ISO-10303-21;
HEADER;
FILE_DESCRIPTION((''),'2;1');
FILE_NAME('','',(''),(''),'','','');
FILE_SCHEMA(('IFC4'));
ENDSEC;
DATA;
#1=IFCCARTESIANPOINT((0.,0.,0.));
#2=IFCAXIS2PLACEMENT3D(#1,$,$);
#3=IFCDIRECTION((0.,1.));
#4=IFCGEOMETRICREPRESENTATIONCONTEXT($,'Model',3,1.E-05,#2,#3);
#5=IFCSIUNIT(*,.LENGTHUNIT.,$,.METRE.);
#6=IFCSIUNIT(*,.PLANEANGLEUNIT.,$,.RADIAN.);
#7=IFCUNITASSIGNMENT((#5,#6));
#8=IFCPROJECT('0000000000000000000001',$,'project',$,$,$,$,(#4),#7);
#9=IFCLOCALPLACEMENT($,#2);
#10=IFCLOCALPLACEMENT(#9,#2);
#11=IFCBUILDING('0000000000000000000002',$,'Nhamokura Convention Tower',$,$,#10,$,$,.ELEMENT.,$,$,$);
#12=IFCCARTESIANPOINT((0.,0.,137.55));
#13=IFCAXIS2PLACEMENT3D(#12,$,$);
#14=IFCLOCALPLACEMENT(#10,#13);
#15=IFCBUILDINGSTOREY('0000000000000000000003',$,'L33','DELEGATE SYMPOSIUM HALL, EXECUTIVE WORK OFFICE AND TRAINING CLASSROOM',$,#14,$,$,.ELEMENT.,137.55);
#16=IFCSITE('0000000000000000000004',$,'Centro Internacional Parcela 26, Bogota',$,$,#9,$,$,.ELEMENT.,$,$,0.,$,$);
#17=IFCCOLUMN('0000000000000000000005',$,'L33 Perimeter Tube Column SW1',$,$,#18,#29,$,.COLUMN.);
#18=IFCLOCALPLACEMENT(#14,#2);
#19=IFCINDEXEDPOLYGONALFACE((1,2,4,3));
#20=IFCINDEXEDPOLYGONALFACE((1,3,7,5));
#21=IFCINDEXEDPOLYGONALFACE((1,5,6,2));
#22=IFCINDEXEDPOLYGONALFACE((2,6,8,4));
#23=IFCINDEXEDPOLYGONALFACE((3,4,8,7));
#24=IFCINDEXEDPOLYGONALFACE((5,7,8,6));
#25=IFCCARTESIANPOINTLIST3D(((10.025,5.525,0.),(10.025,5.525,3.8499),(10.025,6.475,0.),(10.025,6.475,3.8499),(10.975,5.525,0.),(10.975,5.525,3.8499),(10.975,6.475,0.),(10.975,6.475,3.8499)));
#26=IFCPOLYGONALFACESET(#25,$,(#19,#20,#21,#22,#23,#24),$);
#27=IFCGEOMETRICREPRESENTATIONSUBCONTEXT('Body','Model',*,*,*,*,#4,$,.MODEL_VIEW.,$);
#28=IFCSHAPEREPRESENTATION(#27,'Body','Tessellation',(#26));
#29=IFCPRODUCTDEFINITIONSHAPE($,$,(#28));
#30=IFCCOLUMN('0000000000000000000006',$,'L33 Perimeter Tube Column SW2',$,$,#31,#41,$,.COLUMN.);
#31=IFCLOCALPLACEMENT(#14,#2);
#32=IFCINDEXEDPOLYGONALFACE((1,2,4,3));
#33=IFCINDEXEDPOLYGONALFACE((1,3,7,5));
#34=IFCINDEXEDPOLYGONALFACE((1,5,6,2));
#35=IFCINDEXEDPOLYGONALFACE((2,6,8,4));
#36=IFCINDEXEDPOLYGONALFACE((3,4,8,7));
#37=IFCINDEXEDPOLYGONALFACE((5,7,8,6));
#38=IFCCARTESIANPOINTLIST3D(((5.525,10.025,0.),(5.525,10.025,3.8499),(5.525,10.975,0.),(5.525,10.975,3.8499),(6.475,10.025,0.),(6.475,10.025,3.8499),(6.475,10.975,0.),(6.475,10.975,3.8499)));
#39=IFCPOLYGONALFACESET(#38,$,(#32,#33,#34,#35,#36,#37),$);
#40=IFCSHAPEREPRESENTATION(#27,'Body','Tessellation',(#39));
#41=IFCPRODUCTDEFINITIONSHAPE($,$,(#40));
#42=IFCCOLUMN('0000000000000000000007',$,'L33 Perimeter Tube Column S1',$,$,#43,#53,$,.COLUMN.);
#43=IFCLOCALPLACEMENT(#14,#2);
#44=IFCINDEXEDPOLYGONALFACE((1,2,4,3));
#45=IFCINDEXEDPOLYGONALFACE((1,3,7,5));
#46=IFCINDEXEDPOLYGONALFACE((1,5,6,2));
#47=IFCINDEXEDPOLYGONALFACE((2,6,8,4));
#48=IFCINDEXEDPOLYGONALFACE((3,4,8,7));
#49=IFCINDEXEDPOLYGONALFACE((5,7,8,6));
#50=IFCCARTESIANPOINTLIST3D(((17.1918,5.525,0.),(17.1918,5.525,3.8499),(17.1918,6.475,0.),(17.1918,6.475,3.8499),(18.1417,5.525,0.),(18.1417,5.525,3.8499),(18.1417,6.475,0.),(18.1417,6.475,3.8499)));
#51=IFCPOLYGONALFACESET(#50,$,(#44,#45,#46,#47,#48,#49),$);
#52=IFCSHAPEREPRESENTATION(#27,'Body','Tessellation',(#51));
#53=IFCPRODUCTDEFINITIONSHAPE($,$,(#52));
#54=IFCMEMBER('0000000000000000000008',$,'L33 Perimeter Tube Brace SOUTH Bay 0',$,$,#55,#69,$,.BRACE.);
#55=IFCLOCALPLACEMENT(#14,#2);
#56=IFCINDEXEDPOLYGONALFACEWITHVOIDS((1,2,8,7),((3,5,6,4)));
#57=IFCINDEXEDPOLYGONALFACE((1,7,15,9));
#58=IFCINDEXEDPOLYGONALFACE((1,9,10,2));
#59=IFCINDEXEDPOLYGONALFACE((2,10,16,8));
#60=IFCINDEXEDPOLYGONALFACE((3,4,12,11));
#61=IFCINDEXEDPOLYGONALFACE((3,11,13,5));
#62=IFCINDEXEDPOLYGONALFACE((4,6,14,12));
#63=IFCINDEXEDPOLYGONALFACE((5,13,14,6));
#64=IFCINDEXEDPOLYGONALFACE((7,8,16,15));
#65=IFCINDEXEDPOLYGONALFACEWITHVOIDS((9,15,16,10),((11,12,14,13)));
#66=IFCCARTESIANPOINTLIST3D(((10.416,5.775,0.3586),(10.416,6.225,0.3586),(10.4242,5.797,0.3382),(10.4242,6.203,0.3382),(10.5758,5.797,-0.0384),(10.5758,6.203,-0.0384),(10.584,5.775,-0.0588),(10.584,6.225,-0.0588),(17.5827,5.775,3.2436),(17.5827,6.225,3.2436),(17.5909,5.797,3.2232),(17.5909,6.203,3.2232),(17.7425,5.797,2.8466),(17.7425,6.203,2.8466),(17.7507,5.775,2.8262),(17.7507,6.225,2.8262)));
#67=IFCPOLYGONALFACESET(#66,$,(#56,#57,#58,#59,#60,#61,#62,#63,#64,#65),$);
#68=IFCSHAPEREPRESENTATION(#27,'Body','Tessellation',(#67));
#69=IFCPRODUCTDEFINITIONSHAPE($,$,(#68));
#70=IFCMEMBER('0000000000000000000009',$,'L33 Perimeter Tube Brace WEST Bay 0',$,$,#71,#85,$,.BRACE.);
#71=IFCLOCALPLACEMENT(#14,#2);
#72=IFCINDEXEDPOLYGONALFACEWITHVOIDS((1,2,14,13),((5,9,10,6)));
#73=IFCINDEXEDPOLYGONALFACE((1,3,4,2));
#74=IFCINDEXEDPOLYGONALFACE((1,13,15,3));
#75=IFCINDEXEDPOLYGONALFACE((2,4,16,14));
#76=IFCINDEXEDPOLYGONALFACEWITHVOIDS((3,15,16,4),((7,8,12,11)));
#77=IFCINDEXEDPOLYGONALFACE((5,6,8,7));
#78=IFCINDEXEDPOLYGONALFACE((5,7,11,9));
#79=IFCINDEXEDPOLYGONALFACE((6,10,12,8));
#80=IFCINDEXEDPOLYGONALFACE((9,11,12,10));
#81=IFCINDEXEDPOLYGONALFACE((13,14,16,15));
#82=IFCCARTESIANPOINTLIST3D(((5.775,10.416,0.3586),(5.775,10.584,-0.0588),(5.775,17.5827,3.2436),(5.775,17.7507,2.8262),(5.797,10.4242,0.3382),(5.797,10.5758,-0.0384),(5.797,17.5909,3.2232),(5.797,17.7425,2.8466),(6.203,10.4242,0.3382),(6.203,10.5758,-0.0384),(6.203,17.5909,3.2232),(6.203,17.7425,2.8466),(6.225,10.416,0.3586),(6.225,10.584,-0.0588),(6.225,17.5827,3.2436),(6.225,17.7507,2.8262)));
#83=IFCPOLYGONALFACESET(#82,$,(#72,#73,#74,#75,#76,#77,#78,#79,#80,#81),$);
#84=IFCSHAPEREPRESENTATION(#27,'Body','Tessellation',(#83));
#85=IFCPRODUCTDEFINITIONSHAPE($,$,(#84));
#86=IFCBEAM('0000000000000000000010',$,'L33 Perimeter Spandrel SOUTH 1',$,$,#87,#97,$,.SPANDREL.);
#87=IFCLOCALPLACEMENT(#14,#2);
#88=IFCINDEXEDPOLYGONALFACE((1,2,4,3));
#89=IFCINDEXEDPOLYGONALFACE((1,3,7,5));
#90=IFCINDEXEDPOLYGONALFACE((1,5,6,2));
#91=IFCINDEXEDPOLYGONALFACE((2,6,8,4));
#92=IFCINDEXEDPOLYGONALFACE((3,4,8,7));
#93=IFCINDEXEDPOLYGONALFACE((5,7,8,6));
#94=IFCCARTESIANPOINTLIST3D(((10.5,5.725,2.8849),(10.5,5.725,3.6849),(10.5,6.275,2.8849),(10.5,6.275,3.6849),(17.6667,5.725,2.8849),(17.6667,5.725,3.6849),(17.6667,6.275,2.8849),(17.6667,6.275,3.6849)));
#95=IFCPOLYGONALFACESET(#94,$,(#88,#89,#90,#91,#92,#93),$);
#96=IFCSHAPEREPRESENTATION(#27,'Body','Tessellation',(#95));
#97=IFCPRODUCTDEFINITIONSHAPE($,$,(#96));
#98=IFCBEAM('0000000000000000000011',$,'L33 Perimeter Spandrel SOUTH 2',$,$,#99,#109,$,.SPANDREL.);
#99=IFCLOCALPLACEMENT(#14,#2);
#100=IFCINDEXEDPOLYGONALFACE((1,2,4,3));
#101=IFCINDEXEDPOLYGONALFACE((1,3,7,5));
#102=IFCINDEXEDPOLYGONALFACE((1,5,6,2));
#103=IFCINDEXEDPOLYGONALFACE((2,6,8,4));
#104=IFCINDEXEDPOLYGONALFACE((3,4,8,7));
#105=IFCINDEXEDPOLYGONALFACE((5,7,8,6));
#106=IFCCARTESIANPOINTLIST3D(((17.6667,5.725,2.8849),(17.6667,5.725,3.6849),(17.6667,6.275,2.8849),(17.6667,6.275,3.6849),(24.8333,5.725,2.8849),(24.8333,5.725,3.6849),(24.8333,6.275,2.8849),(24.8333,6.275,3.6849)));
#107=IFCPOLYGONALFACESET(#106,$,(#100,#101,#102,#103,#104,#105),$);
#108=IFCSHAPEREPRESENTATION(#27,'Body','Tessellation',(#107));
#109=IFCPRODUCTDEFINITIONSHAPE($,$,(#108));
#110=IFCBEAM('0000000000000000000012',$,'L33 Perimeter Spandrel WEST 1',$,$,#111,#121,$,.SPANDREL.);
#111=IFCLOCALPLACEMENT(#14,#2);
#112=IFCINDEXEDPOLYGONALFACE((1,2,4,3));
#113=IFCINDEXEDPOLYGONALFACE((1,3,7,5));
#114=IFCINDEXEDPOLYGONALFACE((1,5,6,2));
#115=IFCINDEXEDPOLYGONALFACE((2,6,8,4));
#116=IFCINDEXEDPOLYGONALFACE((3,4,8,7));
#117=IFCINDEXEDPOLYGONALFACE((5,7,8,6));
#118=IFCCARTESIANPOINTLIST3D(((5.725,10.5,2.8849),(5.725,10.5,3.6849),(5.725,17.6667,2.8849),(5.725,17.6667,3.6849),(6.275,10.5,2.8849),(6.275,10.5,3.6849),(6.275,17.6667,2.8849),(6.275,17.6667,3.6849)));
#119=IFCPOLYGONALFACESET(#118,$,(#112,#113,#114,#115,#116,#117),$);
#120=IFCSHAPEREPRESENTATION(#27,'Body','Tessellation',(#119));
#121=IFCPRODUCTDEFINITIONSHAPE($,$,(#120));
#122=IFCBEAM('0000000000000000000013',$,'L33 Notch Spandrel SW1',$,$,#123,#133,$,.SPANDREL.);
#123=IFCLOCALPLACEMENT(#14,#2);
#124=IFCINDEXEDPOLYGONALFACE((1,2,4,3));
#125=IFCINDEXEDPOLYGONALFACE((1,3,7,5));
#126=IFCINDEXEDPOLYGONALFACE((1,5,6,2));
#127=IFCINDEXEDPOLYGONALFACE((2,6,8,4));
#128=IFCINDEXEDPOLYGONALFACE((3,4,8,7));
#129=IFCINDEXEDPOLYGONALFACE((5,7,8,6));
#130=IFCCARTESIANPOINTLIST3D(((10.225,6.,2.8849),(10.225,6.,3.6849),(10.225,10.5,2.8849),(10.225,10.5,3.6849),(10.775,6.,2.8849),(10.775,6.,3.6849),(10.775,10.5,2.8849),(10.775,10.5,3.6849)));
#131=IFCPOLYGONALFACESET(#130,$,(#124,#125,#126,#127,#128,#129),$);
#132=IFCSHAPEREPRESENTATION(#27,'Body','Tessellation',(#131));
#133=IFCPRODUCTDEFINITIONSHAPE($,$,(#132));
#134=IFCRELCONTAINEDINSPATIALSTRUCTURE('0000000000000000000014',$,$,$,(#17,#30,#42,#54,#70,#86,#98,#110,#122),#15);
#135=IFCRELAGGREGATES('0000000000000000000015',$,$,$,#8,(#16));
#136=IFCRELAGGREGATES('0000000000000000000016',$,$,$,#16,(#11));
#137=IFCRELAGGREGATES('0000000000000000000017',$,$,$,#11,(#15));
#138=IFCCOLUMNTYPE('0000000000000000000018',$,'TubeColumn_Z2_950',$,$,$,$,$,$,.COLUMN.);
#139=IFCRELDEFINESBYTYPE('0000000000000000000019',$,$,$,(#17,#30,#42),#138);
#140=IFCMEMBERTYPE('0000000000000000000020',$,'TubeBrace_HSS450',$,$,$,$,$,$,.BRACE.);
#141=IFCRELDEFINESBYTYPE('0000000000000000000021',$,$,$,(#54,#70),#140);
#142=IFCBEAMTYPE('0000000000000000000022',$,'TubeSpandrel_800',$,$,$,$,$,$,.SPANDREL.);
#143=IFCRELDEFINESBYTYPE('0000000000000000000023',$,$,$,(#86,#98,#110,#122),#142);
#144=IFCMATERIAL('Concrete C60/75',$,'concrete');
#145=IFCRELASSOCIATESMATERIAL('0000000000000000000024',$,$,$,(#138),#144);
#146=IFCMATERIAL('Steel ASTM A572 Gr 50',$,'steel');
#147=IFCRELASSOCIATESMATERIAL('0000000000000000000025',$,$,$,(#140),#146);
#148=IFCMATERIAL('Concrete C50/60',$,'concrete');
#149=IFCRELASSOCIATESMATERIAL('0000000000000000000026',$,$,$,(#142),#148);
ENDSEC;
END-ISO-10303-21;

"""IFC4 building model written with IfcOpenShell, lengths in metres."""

from ifc_helpers import new_model, si_unit, direction, frame, origin, origin_2d, place, context, subcontext, project, spatial, rectangle, hollow_rectangle, extrude, material, material_profile, profile_set, type_object, element, save


model = new_model("IFC4")

# Units and contexts
model_context = context("Model", 3, precision=1e-05, world=origin(), true_north=direction((0.0, 1.0)))
body_context = subcontext(model_context, "Body", "Model", "MODEL_VIEW")
ifc_project = project(units=[si_unit("LENGTHUNIT", "METRE"), si_unit("PLANEANGLEUNIT", "RADIAN")], contexts=[model_context])

# Site, building, storey
site_placement = place(None, origin())
site = spatial("IfcSite", under=ifc_project, at=site_placement, Name="Centro Internacional Parcela 26, Bogota", CompositionType="ELEMENT", RefElevation=0.0)
building_placement = place(site_placement, origin())
building = spatial("IfcBuilding", under=site, at=building_placement, Name="Nhamokura Convention Tower", CompositionType="ELEMENT")
storey_placement = place(building_placement, frame((0.0, 0.0, 137.55)))
storey = spatial("IfcBuildingStorey", under=building, at=storey_placement, Name="L33", Description="DELEGATE SYMPOSIUM HALL, EXECUTIVE WORK OFFICE AND TRAINING CLASSROOM", CompositionType="ELEMENT", Elevation=137.55)

# Columns
ifc_material_1 = material(Name="Concrete C60/75", Category="concrete")
ifc_material_profile_1 = material_profile(ifc_material_1, rectangle(XDim=0.95, YDim=0.95, at=origin_2d()))
ifc_profile_set_1 = profile_set([ifc_material_profile_1], Name="Concrete C60/75")
column_type = type_object("IfcColumnType", Name="TubeColumn_Z2_950", PredefinedType="COLUMN", material=ifc_profile_set_1)
for number, where, z_axis, x_axis, name in (
    (1, (10.5, 6.0, 0.0), (0.0, 0.0, 1.0), (1.0, 0.0, 0.0), "L33 Perimeter Tube Column SW1"),
    (2, (6.0, 10.5, 0.0), (0.0, 0.0, 1.0), (1.0, 0.0, 0.0), "L33 Perimeter Tube Column SW2"),
    (3, (17.6667, 6.0, 0.0), (0.0, 0.0, 1.0), (1.0, 0.0, 0.0), "L33 Perimeter Tube Column S1"),
):
    element("IfcColumn", number, at=place(storey_placement, frame(where, z_axis=z_axis, x_axis=x_axis)), inside=storey, type_object=column_type, Name=name, PredefinedType="COLUMN", context=body_context, shape_type="SweptSolid", body=[
        extrude(rectangle(XDim=0.95, YDim=0.95, at=origin_2d()), origin(), (0.0, 0.0, 1.0), 3.8499),
    ])

# Members
ifc_material_2 = material(Name="Steel ASTM A572 Gr 50", Category="steel")
ifc_material_profile_2 = material_profile(ifc_material_2, hollow_rectangle(XDim=0.45, YDim=0.45, WallThickness=0.022, at=origin_2d()))
ifc_profile_set_2 = profile_set([ifc_material_profile_2], Name="Steel ASTM A572 Gr 50")
member_type = type_object("IfcMemberType", Name="TubeBrace_HSS450", PredefinedType="BRACE", material=ifc_profile_set_2)
for number, where, z_axis, x_axis, name in (
    (4, (10.5, 6.0, 0.1499), (0.927657, 0.0, 0.373433), (0.0, 1.0, 0.0), "L33 Perimeter Tube Brace SOUTH Bay 0"),
    (5, (6.0, 10.5, 0.1499), (0.0, 0.927657, 0.373433), (-1.0, 0.0, 0.0), "L33 Perimeter Tube Brace WEST Bay 0"),
):
    element("IfcMember", number, at=place(storey_placement, frame(where, z_axis=z_axis, x_axis=x_axis)), inside=storey, type_object=member_type, Name=name, PredefinedType="BRACE", context=body_context, shape_type="SweptSolid", body=[
        extrude(hollow_rectangle(XDim=0.45, YDim=0.45, WallThickness=0.022, at=origin_2d()), origin(), (0.0, 0.0, 1.0), 7.7256),
    ])

# Beams
ifc_material_3 = material(Name="Concrete C50/60", Category="concrete")
ifc_material_profile_3 = material_profile(ifc_material_3, rectangle(XDim=0.55, YDim=0.8, at=origin_2d()))
ifc_profile_set_3 = profile_set([ifc_material_profile_3], Name="Concrete C50/60")
beam_type = type_object("IfcBeamType", Name="TubeSpandrel_800", PredefinedType="SPANDREL", material=ifc_profile_set_3)
beam_1_placement = place(storey_placement, frame((10.5, 6.0, 3.2849), z_axis=(1.0, 0.0, 0.0), x_axis=(0.0, 1.0, 0.0)))
element("IfcBeam", 6, at=beam_1_placement, inside=storey, type_object=beam_type, Name="L33 Perimeter Spandrel SOUTH 1", PredefinedType="SPANDREL", context=body_context, shape_type="SweptSolid", body=[
    extrude(rectangle(XDim=0.55, YDim=0.8, at=origin_2d()), origin(), (0.0, 0.0, 1.0), 7.1667),
])
beam_2_placement = place(storey_placement, frame((17.6667, 6.0, 3.2849), z_axis=(1.0, 0.0, 0.0), x_axis=(0.0, 1.0, 0.0)))
element("IfcBeam", 7, at=beam_2_placement, inside=storey, type_object=beam_type, Name="L33 Perimeter Spandrel SOUTH 2", PredefinedType="SPANDREL", context=body_context, shape_type="SweptSolid", body=[
    extrude(rectangle(XDim=0.55, YDim=0.8, at=origin_2d()), origin(), (0.0, 0.0, 1.0), 7.1665),
])
beam_3_placement = place(storey_placement, frame((6.0, 10.5, 3.2849), z_axis=(0.0, 1.0, 0.0), x_axis=(-1.0, 0.0, 0.0)))
element("IfcBeam", 8, at=beam_3_placement, inside=storey, type_object=beam_type, Name="L33 Perimeter Spandrel WEST 1", PredefinedType="SPANDREL", context=body_context, shape_type="SweptSolid", body=[
    extrude(rectangle(XDim=0.55, YDim=0.8, at=origin_2d()), origin(), (0.0, 0.0, 1.0), 7.1667),
])
beam_4_placement = place(storey_placement, frame((10.5, 6.0, 3.2849), z_axis=(0.0, 1.0, 0.0), x_axis=(-1.0, 0.0, 0.0)))
element("IfcBeam", 9, at=beam_4_placement, inside=storey, type_object=beam_type, Name="L33 Notch Spandrel SW1", PredefinedType="SPANDREL", context=body_context, shape_type="SweptSolid", body=[
    extrude(rectangle(XDim=0.55, YDim=0.8, at=origin_2d()), origin(), (0.0, 0.0, 1.0), 4.5),
])

save(model, "model.ifc")
